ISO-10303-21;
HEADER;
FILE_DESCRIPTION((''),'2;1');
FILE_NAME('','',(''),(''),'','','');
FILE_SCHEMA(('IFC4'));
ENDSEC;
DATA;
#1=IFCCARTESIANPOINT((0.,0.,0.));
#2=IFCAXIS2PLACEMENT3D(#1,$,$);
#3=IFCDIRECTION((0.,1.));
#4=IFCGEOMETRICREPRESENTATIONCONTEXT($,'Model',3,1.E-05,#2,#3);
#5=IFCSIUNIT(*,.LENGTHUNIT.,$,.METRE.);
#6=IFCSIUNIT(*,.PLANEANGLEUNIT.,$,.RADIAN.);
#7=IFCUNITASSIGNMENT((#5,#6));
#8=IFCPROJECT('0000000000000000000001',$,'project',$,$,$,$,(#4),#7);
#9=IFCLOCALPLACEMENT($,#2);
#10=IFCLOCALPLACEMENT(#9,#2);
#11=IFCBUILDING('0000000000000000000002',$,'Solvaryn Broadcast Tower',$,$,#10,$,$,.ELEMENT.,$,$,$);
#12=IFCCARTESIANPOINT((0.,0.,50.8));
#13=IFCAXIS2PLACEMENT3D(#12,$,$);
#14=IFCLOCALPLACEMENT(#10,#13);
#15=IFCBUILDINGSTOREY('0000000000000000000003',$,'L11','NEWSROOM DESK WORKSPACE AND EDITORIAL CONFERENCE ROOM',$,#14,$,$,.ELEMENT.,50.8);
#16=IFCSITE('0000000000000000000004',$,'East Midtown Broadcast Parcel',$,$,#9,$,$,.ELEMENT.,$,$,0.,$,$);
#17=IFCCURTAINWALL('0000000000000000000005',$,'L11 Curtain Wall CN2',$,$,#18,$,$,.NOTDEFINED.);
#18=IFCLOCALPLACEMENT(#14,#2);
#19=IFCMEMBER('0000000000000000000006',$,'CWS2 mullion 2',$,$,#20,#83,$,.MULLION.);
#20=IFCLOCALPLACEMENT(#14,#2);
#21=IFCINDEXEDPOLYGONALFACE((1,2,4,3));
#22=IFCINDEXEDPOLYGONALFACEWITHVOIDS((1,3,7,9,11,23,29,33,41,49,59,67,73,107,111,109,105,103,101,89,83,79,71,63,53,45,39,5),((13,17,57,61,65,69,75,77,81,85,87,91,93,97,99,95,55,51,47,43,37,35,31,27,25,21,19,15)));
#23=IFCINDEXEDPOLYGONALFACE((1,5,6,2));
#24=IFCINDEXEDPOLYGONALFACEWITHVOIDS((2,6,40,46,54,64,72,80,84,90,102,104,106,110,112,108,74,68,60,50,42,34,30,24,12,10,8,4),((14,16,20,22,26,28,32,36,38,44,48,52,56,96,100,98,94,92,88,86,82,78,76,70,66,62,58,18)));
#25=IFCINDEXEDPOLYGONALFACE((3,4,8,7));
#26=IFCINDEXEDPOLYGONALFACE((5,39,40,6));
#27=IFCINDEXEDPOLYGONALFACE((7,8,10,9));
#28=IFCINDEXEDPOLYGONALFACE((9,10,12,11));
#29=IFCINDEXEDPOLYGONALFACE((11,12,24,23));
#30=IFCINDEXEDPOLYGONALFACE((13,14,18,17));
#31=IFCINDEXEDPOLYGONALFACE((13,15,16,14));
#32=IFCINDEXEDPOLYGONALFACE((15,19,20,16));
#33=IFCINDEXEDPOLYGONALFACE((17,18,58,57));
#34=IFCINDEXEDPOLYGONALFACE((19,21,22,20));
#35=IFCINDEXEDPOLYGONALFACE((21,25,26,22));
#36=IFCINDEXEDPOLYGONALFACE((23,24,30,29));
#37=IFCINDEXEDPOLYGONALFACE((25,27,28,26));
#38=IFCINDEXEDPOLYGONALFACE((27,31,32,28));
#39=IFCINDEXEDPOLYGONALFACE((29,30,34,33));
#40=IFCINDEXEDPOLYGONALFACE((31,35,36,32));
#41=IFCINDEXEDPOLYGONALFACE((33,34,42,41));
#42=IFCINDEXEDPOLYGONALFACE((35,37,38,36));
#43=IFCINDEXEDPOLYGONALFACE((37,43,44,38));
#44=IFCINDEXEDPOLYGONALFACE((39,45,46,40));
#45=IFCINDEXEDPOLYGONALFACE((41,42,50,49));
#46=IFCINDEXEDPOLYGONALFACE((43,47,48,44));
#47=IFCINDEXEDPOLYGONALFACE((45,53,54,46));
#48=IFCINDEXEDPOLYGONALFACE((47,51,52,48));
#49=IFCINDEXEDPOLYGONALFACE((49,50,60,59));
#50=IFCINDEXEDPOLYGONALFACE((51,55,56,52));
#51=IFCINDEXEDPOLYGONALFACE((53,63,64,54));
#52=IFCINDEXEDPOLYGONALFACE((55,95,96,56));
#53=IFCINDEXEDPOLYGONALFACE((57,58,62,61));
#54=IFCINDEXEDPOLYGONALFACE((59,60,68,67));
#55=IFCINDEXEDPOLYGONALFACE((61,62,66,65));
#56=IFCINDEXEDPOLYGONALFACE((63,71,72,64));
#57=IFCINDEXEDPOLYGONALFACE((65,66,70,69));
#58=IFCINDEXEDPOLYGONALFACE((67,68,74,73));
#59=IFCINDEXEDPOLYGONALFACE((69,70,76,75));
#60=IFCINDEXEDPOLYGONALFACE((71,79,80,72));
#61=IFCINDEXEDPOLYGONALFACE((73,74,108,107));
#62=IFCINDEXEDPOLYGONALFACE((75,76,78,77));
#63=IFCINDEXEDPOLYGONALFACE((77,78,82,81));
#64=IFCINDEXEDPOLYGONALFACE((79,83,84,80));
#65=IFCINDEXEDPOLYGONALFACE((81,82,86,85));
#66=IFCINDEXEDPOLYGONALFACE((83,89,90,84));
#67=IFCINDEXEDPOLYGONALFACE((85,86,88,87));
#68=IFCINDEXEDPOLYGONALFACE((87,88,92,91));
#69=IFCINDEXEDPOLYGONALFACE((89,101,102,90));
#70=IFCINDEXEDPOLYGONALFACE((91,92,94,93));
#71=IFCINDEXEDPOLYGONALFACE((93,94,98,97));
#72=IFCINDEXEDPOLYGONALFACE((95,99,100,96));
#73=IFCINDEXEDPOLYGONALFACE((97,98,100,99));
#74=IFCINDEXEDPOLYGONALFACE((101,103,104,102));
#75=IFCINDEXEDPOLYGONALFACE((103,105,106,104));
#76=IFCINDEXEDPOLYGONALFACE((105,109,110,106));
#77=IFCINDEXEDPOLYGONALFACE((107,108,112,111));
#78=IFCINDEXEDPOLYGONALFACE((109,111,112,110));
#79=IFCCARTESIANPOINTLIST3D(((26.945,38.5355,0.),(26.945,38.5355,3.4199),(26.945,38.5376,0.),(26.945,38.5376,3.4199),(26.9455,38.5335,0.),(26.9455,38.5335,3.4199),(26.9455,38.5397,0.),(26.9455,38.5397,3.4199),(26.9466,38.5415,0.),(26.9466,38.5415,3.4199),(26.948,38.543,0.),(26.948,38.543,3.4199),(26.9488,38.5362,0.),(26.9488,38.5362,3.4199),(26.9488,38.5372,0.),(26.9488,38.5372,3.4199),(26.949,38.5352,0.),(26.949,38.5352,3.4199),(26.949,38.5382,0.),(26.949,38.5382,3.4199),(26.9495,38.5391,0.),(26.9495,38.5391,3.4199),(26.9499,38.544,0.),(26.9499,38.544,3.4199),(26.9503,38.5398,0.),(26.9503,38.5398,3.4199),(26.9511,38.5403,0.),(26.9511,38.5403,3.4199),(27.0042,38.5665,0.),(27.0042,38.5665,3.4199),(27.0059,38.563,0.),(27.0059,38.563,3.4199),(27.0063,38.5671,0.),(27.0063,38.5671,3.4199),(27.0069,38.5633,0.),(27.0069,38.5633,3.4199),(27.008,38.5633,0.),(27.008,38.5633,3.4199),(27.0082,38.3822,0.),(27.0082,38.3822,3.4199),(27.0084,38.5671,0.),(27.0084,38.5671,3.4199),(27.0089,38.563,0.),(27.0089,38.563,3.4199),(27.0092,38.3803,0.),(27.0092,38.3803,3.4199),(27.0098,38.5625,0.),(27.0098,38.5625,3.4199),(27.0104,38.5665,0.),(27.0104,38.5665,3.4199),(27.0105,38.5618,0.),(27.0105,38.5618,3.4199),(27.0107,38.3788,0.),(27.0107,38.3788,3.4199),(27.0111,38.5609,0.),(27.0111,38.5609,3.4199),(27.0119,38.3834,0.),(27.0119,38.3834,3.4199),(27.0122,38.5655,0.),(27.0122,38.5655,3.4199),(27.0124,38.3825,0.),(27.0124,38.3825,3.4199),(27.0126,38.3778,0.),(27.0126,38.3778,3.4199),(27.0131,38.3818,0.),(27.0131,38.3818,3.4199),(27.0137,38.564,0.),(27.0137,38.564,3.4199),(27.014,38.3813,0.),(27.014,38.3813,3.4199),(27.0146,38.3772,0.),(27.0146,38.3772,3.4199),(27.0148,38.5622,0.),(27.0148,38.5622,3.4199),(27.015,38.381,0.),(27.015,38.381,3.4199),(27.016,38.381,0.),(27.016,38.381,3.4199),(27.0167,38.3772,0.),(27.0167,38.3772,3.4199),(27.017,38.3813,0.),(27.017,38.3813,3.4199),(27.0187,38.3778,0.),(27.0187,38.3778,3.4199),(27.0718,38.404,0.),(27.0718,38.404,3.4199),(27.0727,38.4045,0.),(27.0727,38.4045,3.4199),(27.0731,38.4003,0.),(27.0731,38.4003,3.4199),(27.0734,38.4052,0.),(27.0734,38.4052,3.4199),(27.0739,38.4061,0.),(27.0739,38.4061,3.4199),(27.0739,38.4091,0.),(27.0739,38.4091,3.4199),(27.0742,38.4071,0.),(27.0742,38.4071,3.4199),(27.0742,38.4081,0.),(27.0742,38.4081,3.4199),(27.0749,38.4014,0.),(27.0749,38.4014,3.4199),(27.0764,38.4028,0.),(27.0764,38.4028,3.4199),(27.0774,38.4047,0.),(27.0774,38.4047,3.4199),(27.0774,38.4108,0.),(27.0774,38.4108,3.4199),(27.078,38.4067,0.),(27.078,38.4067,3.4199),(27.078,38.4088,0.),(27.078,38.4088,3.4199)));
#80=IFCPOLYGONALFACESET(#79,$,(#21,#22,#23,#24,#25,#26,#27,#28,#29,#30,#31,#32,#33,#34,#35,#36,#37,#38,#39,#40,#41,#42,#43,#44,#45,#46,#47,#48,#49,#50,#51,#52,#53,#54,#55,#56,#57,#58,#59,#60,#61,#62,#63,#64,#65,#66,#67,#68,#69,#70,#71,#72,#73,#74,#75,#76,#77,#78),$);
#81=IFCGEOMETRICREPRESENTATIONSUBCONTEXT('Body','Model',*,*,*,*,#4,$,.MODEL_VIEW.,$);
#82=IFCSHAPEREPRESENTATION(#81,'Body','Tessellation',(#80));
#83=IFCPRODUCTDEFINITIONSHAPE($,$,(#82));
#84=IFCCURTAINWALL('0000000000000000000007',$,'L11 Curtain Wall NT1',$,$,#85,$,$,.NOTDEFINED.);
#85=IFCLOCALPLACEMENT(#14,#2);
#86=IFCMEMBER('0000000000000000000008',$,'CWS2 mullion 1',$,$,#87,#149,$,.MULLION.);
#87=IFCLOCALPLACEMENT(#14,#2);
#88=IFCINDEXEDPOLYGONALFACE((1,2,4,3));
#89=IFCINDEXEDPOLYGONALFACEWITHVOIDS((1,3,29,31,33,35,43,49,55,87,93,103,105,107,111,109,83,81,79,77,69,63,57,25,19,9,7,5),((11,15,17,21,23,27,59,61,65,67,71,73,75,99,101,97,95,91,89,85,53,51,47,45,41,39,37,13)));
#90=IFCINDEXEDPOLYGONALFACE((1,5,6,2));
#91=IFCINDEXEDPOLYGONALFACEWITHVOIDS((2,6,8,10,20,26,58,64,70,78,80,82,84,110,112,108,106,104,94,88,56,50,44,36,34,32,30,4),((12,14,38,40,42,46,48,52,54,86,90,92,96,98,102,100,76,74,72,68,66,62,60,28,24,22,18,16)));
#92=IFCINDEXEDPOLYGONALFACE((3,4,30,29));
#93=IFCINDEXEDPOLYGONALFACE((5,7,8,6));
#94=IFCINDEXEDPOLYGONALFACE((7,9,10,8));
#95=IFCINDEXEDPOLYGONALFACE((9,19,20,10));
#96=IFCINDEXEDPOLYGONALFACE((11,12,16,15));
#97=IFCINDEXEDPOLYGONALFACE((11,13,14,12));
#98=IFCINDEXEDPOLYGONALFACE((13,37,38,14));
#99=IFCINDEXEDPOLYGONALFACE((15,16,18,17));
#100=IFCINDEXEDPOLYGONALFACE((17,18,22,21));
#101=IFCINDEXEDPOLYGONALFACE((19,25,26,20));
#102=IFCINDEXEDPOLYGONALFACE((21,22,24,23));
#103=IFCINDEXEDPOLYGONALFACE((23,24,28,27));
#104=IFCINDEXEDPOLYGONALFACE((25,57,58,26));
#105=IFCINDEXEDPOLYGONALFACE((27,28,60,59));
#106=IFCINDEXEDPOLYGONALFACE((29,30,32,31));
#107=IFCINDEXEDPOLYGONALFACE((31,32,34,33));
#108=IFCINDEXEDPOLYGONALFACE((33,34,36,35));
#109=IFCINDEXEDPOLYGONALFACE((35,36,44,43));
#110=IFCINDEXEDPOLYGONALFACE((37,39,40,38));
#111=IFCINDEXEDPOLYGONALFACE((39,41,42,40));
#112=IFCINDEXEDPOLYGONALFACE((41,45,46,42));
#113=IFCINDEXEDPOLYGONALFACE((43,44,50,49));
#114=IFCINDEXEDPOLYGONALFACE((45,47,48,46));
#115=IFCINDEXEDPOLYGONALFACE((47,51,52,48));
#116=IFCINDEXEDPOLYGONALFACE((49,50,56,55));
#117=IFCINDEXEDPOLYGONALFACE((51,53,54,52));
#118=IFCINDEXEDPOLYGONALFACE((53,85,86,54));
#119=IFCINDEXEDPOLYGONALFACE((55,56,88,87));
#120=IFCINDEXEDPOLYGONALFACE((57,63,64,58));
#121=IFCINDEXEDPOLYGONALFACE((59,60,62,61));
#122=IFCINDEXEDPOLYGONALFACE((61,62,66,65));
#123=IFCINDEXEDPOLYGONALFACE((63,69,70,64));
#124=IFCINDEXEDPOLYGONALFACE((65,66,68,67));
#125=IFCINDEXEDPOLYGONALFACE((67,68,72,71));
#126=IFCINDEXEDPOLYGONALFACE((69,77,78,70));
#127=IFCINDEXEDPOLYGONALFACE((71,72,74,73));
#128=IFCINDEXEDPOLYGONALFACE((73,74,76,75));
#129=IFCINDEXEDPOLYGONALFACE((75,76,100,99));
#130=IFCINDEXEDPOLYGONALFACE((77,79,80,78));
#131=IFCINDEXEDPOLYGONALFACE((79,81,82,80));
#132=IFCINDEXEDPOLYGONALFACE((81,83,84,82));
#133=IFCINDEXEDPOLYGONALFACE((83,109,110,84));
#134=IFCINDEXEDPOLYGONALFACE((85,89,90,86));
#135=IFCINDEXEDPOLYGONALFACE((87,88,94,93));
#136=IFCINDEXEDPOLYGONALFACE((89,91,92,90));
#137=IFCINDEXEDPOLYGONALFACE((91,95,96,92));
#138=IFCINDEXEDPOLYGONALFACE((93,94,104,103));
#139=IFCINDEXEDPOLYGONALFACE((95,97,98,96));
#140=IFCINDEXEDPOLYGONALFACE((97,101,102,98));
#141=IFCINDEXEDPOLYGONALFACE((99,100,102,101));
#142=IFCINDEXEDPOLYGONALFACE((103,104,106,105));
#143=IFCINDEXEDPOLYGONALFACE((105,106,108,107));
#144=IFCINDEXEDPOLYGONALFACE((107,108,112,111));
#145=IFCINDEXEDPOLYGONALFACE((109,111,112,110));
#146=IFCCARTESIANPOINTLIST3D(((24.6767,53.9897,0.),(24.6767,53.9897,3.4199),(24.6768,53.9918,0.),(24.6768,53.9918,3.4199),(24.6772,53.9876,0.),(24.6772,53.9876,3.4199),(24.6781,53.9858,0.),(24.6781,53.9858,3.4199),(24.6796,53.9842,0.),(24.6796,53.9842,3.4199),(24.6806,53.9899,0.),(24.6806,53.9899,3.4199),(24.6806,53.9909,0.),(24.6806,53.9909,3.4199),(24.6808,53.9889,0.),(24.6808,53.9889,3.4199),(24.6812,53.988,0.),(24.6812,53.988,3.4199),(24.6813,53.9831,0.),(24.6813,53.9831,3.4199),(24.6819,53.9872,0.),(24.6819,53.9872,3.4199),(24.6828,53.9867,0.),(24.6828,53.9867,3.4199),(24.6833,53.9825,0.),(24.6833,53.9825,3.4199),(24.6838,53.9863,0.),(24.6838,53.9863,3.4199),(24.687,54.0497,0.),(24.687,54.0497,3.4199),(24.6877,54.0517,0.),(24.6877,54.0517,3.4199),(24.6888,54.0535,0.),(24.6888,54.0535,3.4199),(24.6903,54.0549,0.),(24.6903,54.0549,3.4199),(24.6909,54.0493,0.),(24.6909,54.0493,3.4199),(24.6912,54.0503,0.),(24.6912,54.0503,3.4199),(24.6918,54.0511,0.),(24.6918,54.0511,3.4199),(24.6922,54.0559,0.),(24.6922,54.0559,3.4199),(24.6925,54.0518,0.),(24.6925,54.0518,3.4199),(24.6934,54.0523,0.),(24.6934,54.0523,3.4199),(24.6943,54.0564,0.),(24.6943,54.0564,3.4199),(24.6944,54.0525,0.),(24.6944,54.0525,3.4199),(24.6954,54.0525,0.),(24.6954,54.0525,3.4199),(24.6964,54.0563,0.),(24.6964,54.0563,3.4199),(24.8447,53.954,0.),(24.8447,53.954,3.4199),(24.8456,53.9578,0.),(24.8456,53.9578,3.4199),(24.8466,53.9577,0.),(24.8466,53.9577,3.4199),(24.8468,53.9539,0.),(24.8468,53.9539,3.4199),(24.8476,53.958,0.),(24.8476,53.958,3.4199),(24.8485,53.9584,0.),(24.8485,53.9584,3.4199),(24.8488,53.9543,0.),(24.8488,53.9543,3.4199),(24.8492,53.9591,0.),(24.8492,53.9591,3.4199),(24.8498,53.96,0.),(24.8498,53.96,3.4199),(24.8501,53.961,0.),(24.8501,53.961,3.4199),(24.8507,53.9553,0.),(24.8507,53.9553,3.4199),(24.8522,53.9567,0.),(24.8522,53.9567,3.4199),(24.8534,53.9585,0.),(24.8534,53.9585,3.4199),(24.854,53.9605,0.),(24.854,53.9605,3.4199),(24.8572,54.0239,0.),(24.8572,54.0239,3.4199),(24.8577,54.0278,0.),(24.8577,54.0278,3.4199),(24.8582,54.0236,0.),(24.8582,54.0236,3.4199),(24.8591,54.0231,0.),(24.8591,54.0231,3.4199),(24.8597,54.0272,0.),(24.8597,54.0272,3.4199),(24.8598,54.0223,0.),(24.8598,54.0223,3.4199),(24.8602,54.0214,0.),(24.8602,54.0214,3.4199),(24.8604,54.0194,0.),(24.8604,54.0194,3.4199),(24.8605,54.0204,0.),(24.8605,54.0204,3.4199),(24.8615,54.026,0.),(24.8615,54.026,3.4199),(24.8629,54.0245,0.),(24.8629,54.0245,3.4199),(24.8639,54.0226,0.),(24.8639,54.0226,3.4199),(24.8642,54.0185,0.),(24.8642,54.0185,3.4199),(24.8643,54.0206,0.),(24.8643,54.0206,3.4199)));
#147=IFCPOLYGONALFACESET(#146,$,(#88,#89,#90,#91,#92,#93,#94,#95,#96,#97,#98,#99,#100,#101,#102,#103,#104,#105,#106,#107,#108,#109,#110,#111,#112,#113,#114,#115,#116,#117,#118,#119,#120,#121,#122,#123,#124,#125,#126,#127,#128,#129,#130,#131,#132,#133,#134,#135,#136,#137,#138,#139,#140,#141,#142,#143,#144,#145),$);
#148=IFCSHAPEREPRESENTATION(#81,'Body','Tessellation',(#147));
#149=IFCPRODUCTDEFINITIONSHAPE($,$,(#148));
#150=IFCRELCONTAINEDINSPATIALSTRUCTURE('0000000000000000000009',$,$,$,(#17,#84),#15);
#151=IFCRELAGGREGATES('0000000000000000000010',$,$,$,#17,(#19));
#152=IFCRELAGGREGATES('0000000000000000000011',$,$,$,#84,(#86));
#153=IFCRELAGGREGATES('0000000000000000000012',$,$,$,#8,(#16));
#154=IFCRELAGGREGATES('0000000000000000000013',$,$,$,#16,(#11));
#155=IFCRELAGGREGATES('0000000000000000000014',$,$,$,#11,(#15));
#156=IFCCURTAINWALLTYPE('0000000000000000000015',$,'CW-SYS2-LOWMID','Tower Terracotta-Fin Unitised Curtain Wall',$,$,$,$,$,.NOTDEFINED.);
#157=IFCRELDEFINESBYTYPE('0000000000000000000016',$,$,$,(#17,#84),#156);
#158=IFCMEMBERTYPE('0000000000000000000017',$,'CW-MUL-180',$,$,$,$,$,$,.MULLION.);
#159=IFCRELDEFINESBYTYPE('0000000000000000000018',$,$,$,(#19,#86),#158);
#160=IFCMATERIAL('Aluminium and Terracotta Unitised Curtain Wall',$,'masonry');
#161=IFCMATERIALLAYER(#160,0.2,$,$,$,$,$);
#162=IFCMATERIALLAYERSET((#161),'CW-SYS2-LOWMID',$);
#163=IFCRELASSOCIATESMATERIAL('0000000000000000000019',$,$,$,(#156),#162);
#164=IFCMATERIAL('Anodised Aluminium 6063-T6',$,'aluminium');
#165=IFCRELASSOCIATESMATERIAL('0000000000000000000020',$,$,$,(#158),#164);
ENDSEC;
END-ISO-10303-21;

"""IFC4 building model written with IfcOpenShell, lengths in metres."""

from ifc_helpers import new_model, si_unit, direction, frame, origin, origin_2d, place, context, subcontext, project, spatial, hollow_rectangle, extrude, material, layer, layer_set, material_profile, profile_set, type_object, element, aggregate, save


model = new_model("IFC4")

# Units and contexts
model_context = context("Model", 3, precision=1e-05, world=origin(), true_north=direction((0.0, 1.0)))
body_context = subcontext(model_context, "Body", "Model", "MODEL_VIEW")
ifc_project = project(units=[si_unit("LENGTHUNIT", "METRE"), si_unit("PLANEANGLEUNIT", "RADIAN")], contexts=[model_context])

# Site, building, storey
site_placement = place(None, origin())
site = spatial("IfcSite", under=ifc_project, at=site_placement, Name="East Midtown Broadcast Parcel", CompositionType="ELEMENT", RefElevation=0.0)
building_placement = place(site_placement, origin())
building = spatial("IfcBuilding", under=site, at=building_placement, Name="Solvaryn Broadcast Tower", CompositionType="ELEMENT")
storey_placement = place(building_placement, frame((0.0, 0.0, 50.8)))
storey = spatial("IfcBuildingStorey", under=building, at=storey_placement, Name="L11", Description="NEWSROOM DESK WORKSPACE AND EDITORIAL CONFERENCE ROOM", CompositionType="ELEMENT", Elevation=50.8)

# Shared definitions
ifc_material_1 = material(Name="Aluminium and Terracotta Unitised Curtain Wall", Category="masonry")
ifc_layer_1 = layer(ifc_material_1, 0.2)
ifc_layer_set_1 = layer_set([ifc_layer_1], Name="CW-SYS2-LOWMID")
curtain_wall_type = type_object("IfcCurtainWallType", Name="CW-SYS2-LOWMID", Description="Tower Terracotta-Fin Unitised Curtain Wall", PredefinedType="NOTDEFINED", material=ifc_layer_set_1)
ifc_material_2 = material(Name="Anodised Aluminium 6063-T6", Category="aluminium")
ifc_material_profile_1 = material_profile(ifc_material_2, hollow_rectangle(XDim=0.075, YDim=0.1799, WallThickness=0.0039, InnerFilletRadius=0.0039, OuterFilletRadius=0.0081, at=origin_2d()))
ifc_profile_set_1 = profile_set([ifc_material_profile_1], Name="Anodised Aluminium 6063-T6")
member_type_1 = type_object("IfcMemberType", Name="CW-MUL-180", PredefinedType="MULLION", material=ifc_profile_set_1)

# Curtain walls, members
curtain_wall_1_placement = place(storey_placement, origin())
curtain_wall_1 = element("IfcCurtainWall", 1, at=curtain_wall_1_placement, inside=storey, type_object=curtain_wall_type, Name="L11 Curtain Wall CN2", PredefinedType="NOTDEFINED")
member_1_placement = place(storey_placement, frame((27.0115, 38.4722, 0.0), z_axis=(0.0, 0.0, 1.0), x_axis=(-0.923895, -0.382646, 0.0)))
member_1 = element("IfcMember", 2, at=member_1_placement, type_object=member_type_1, Name="CWS2 mullion 2", PredefinedType="MULLION", context=body_context, shape_type="SweptSolid", body=[
    extrude(hollow_rectangle(XDim=0.075, YDim=0.1799, WallThickness=0.0039, InnerFilletRadius=0.0039, OuterFilletRadius=0.0081, at=origin_2d()), origin(), (0.0, 0.0, 1.0), 3.4199),
])
aggregate(curtain_wall_1, [member_1])
curtain_wall_2_placement = place(storey_placement, origin())
curtain_wall_2 = element("IfcCurtainWall", 3, at=curtain_wall_2_placement, inside=storey, type_object=curtain_wall_type, Name="L11 Curtain Wall NT1", PredefinedType="NOTDEFINED")
member_2_placement = place(storey_placement, frame((24.7705, 54.0051, 0.0), z_axis=(0.0, 0.0, 1.0), x_axis=(-0.173785, -0.984784, 0.0)))
member_2 = element("IfcMember", 4, at=member_2_placement, type_object=member_type_1, Name="CWS2 mullion 1", PredefinedType="MULLION", context=body_context, shape_type="SweptSolid", body=[
    extrude(hollow_rectangle(XDim=0.075, YDim=0.1799, WallThickness=0.0039, InnerFilletRadius=0.0039, OuterFilletRadius=0.0081, at=origin_2d()), origin(), (0.0, 0.0, 1.0), 3.4199),
])

aggregate(curtain_wall_2, [member_2])

save(model, "model.ifc")
